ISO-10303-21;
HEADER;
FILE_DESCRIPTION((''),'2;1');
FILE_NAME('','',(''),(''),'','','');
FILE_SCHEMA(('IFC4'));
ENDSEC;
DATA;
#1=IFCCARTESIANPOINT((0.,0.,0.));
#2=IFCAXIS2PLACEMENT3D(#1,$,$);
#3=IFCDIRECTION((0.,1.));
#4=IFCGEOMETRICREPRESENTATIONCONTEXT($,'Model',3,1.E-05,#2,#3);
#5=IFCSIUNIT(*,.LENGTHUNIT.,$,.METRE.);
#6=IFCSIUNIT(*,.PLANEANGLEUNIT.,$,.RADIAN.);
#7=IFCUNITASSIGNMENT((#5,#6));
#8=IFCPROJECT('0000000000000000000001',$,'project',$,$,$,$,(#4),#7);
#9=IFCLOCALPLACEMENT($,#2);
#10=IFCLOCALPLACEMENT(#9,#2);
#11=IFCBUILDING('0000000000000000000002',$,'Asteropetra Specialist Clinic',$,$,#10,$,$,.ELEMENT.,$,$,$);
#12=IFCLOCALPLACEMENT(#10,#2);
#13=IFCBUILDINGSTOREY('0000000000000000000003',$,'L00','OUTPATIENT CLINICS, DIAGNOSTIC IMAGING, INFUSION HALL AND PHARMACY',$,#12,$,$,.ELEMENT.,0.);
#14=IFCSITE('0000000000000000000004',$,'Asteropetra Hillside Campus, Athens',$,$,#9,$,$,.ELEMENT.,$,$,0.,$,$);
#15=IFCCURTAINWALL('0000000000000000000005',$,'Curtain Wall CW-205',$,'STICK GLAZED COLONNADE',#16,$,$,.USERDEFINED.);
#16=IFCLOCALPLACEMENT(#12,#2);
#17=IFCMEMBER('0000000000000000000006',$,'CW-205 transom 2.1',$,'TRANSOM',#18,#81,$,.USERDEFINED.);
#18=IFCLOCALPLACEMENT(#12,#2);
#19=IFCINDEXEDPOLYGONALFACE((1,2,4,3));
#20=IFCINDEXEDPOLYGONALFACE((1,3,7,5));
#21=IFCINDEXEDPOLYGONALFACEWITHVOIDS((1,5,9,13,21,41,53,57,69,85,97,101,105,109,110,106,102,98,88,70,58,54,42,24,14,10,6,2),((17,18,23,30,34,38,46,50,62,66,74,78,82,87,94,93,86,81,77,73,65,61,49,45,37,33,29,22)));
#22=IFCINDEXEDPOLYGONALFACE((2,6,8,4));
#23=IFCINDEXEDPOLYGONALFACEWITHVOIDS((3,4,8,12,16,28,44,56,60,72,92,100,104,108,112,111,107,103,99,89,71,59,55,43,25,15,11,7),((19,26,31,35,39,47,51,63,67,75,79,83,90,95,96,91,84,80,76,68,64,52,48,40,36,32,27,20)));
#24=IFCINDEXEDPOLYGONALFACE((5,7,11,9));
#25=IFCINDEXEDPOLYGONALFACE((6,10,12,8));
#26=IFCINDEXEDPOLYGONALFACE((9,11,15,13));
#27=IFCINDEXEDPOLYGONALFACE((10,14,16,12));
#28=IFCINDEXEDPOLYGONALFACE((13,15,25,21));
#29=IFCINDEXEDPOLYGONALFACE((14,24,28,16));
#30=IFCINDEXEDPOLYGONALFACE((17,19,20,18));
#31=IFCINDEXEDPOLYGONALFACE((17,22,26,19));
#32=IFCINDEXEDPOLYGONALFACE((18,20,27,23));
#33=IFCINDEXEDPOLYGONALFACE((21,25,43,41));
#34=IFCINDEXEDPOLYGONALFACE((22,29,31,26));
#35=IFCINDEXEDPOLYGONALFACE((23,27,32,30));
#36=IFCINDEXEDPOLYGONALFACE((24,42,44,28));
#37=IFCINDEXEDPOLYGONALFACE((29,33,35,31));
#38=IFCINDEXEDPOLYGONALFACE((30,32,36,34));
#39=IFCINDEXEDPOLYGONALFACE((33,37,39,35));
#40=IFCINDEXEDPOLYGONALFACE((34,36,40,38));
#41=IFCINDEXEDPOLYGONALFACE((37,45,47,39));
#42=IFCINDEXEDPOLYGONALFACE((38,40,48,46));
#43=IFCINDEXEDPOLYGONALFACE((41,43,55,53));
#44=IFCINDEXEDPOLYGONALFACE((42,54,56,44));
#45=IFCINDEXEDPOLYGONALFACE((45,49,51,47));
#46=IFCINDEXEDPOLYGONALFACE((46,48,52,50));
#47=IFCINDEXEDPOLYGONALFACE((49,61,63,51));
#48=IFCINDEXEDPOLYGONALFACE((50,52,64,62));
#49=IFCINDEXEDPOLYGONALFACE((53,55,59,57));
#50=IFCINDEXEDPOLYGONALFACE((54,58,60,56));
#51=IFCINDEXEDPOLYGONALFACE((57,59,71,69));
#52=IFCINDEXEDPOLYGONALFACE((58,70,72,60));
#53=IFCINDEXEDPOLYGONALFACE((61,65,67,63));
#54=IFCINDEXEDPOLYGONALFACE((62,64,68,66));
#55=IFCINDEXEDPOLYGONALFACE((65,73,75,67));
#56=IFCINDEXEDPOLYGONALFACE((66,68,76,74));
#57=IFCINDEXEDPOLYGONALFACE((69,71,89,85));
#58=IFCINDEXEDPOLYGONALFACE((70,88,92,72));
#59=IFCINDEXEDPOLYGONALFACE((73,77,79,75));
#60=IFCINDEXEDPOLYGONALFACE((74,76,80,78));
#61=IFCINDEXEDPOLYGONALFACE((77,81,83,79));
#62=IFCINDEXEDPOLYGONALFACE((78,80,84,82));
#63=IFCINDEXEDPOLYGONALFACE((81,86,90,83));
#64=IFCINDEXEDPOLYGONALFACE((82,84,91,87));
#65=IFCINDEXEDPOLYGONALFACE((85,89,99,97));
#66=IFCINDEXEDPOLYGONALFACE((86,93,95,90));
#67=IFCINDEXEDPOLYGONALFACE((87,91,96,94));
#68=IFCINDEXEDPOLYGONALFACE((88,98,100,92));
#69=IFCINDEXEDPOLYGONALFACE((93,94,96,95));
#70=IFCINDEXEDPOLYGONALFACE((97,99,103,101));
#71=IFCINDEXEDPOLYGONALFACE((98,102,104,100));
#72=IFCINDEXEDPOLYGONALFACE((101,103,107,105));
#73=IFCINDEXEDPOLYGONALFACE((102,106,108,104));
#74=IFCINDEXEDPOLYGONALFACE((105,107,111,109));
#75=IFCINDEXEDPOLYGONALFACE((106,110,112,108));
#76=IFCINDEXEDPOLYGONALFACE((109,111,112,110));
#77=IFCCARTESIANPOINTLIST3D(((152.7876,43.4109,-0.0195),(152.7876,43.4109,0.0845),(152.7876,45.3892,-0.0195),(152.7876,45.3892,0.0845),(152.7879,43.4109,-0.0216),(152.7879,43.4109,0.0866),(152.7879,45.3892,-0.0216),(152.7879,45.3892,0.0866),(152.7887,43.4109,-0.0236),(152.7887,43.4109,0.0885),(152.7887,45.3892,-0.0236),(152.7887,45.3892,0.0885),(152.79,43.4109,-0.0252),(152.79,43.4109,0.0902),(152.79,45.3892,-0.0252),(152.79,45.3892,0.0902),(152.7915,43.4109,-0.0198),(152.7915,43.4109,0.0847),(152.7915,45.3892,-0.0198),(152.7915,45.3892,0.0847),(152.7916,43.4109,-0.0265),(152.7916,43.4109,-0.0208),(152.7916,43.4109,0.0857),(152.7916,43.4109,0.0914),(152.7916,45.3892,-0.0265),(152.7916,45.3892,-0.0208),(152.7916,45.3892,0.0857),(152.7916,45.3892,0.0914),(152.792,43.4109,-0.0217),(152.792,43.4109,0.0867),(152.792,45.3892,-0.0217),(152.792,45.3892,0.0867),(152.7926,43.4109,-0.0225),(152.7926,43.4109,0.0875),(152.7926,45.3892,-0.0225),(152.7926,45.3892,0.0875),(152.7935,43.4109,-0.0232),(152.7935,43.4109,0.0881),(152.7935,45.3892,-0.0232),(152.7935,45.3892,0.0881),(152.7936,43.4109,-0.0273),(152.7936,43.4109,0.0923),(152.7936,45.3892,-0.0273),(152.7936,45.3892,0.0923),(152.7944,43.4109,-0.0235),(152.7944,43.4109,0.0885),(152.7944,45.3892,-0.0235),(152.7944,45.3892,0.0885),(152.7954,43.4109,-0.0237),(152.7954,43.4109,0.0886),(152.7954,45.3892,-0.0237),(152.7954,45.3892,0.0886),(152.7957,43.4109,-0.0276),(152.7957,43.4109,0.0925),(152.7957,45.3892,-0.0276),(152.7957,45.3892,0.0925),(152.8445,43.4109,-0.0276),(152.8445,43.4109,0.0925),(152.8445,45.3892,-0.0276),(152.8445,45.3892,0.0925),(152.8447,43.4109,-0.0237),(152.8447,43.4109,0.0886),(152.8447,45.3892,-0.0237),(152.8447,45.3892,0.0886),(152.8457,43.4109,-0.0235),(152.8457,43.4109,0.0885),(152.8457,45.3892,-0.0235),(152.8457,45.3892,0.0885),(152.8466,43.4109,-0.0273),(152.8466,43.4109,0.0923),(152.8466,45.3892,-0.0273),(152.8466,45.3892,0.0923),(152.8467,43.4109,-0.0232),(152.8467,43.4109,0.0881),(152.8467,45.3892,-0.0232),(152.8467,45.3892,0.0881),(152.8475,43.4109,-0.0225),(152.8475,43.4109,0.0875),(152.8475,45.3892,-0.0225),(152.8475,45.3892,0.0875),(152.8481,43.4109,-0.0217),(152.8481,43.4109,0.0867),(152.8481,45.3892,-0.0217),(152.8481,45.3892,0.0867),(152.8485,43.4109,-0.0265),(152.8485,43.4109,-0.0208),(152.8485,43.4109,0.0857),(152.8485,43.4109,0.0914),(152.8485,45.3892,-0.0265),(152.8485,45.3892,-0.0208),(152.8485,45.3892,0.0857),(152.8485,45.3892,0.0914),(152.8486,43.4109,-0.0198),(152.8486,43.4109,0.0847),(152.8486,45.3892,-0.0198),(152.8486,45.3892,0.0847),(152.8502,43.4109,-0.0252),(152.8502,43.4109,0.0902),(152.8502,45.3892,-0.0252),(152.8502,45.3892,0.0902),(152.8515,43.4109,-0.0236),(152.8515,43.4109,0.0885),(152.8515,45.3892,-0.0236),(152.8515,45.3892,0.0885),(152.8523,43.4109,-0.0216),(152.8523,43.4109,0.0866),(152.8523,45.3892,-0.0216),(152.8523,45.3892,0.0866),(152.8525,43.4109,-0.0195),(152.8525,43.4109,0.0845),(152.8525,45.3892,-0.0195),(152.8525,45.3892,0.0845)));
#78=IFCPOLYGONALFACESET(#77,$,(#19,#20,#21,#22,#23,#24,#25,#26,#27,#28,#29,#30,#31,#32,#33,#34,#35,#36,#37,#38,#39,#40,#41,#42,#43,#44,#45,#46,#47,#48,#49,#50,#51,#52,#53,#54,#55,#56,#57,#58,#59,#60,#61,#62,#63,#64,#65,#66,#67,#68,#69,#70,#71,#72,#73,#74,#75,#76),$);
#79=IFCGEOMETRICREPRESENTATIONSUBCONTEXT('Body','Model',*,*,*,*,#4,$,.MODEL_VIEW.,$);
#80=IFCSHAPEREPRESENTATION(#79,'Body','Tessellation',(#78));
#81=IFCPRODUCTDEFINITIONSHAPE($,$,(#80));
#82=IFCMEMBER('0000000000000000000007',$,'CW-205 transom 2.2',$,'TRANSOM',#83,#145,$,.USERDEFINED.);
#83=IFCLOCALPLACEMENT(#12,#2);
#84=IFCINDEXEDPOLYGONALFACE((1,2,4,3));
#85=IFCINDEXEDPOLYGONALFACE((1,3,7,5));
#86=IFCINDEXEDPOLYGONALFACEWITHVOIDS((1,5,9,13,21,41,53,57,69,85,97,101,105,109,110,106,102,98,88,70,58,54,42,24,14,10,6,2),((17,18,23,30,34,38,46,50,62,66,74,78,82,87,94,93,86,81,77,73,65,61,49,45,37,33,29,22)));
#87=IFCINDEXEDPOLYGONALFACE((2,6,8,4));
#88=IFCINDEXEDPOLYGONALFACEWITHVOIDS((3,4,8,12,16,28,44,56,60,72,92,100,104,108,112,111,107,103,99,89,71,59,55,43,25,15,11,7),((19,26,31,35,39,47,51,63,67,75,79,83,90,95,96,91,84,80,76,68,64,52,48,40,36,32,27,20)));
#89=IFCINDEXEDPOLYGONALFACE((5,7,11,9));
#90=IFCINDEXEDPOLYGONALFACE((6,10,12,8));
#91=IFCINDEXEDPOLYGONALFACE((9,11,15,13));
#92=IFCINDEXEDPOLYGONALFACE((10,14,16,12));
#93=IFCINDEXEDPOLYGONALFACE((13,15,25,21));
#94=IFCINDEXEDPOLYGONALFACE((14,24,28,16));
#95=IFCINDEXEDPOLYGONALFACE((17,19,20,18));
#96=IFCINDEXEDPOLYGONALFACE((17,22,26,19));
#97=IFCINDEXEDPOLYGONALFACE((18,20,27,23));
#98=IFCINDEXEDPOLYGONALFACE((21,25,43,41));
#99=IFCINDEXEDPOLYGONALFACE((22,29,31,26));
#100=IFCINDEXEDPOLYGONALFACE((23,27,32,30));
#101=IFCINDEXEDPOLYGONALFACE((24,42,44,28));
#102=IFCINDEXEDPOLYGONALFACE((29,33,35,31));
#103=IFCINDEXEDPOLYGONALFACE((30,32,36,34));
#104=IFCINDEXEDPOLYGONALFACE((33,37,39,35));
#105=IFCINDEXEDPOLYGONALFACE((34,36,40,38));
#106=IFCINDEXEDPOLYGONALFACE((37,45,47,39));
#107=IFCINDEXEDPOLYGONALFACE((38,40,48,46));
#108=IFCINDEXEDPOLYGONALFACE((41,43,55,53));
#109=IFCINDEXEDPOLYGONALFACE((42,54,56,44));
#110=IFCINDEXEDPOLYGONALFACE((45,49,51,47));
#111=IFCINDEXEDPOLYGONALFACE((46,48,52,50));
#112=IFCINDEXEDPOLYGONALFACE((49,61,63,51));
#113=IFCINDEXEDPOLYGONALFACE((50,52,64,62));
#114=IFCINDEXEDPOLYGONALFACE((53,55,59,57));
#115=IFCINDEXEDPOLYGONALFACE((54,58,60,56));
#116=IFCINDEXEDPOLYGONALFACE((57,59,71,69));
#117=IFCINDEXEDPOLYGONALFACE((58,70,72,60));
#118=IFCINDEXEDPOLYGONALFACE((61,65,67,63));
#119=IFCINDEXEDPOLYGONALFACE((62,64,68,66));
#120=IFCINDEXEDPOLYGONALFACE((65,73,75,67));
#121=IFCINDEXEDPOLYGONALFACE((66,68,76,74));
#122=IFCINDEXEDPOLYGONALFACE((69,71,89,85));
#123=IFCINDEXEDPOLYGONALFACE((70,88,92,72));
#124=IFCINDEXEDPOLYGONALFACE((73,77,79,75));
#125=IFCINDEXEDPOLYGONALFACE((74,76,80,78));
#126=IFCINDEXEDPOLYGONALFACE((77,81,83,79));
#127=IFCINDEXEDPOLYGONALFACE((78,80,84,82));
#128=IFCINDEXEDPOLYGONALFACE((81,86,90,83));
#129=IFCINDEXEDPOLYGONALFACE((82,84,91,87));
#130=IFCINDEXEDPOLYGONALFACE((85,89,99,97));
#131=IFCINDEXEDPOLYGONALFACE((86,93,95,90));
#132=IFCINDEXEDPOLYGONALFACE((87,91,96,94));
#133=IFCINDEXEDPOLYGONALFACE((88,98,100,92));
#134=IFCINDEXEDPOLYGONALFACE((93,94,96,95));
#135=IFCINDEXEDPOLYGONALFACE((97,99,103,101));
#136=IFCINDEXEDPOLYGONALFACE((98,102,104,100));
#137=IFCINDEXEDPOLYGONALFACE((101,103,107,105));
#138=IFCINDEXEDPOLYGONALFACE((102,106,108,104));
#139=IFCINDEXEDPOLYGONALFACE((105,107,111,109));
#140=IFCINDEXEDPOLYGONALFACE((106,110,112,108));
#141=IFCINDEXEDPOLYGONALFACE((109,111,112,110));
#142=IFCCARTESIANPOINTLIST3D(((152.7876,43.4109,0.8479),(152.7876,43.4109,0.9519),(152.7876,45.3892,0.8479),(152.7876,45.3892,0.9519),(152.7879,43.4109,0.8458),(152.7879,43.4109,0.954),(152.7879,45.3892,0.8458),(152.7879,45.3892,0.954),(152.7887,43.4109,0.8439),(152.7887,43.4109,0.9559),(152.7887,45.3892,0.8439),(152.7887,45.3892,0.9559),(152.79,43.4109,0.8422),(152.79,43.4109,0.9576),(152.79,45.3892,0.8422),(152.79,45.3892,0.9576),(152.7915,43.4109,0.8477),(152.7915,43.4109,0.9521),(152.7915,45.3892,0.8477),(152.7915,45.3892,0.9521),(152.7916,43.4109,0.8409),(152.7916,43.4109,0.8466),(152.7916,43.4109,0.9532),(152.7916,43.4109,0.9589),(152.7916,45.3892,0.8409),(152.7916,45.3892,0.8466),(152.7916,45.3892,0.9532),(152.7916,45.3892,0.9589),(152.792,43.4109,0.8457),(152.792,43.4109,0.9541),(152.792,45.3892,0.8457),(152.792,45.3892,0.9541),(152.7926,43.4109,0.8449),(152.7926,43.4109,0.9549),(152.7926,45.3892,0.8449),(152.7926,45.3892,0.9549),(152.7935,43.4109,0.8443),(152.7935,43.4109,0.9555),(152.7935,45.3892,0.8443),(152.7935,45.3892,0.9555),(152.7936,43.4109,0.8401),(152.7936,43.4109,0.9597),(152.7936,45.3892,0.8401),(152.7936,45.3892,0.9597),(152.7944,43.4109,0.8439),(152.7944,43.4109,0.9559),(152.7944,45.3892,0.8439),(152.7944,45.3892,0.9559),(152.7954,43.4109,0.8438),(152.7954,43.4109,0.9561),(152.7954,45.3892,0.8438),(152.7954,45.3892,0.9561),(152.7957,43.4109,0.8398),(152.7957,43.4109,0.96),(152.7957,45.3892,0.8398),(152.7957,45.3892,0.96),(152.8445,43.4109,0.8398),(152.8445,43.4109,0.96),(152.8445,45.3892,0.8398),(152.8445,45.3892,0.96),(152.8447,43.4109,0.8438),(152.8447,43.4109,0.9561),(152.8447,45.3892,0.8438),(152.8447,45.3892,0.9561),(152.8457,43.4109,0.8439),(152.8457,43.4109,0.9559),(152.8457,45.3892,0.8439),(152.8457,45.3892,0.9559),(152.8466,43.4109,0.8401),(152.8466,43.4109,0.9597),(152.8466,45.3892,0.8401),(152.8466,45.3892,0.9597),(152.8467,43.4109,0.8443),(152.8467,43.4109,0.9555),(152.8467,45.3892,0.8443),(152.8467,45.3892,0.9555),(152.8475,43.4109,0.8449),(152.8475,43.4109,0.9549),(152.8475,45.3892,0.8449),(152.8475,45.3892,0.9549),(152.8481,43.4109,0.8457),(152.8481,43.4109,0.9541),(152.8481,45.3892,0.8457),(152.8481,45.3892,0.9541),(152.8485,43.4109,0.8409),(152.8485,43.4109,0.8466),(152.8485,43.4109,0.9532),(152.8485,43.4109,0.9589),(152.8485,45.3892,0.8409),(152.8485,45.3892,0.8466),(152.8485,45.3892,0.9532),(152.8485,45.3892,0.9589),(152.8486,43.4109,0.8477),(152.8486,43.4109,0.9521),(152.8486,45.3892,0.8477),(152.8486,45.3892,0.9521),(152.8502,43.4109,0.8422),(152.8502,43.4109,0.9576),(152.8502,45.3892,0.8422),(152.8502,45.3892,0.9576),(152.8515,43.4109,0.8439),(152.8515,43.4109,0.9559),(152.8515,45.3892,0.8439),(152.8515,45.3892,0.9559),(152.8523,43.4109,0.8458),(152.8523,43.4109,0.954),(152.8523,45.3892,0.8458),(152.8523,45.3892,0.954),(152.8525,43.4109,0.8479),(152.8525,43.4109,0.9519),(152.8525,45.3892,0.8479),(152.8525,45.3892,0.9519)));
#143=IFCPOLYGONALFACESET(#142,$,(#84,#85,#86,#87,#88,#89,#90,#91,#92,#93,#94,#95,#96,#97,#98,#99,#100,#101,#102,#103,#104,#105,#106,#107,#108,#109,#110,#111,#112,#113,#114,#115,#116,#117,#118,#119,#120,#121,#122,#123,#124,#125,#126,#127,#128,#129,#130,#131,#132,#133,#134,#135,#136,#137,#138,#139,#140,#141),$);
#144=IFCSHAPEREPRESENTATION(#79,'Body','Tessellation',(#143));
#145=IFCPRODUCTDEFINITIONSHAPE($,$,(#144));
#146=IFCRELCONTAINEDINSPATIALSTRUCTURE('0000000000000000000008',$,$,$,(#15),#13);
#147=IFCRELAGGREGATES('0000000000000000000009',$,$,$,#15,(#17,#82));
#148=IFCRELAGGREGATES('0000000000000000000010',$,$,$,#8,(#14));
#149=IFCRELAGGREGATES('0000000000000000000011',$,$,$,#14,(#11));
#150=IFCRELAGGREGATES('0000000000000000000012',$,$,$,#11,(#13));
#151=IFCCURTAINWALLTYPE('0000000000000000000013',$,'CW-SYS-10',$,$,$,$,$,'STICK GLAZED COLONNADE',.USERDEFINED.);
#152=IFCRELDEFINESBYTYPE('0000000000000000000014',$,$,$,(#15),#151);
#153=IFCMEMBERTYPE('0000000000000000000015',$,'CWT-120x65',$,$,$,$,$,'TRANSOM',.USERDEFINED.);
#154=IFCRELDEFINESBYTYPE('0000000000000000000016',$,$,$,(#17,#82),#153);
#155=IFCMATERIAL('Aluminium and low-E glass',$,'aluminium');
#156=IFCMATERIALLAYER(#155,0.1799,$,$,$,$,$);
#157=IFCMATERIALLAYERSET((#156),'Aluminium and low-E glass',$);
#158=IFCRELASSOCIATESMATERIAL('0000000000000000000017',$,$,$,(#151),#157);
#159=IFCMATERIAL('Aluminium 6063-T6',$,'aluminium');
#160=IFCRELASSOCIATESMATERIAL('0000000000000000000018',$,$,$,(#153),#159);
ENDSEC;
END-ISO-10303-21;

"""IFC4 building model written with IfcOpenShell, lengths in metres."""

from ifc_helpers import new_model, si_unit, direction, frame, origin, origin_2d, place, context, subcontext, project, spatial, hollow_rectangle, extrude, material, layer, layer_set, material_profile, profile_set, type_object, element, aggregate, save


model = new_model("IFC4")

# Units and contexts
model_context = context("Model", 3, precision=1e-05, world=origin(), true_north=direction((0.0, 1.0)))
body_context = subcontext(model_context, "Body", "Model", "MODEL_VIEW")
ifc_project = project(units=[si_unit("LENGTHUNIT", "METRE"), si_unit("PLANEANGLEUNIT", "RADIAN")], contexts=[model_context])

# Site, building, storey
site_placement = place(None, origin())
site = spatial("IfcSite", under=ifc_project, at=site_placement, Name="Asteropetra Hillside Campus, Athens", CompositionType="ELEMENT", RefElevation=0.0)
building_placement = place(site_placement, origin())
building = spatial("IfcBuilding", under=site, at=building_placement, Name="Asteropetra Specialist Clinic", CompositionType="ELEMENT")
storey_placement = place(building_placement, origin())
storey = spatial("IfcBuildingStorey", under=building, at=storey_placement, Name="L00", Description="OUTPATIENT CLINICS, DIAGNOSTIC IMAGING, INFUSION HALL AND PHARMACY", CompositionType="ELEMENT", Elevation=0.0)

# Curtain wall, members
ifc_material_1 = material(Name="Aluminium and low-E glass", Category="aluminium")
ifc_layer_1 = layer(ifc_material_1, 0.1799)
ifc_layer_set_1 = layer_set([ifc_layer_1], Name="Aluminium and low-E glass")
curtain_wall_type = type_object("IfcCurtainWallType", Name="CW-SYS-10", ElementType="STICK GLAZED COLONNADE", PredefinedType="USERDEFINED", material=ifc_layer_set_1)
curtain_wall_placement = place(storey_placement, origin())
curtain_wall = element("IfcCurtainWall", 1, at=curtain_wall_placement, inside=storey, type_object=curtain_wall_type, Name="Curtain Wall CW-205", ObjectType="STICK GLAZED COLONNADE", PredefinedType="USERDEFINED")
ifc_material_2 = material(Name="Aluminium 6063-T6", Category="aluminium")
ifc_material_profile_1 = material_profile(ifc_material_2, hollow_rectangle(XDim=0.0649, YDim=0.1201, WallThickness=0.0039, InnerFilletRadius=0.0039, OuterFilletRadius=0.0081, at=origin_2d()), Name="TRN 120x65x4.0")
ifc_profile_set_1 = profile_set([ifc_material_profile_1], Name="Aluminium 6063-T6")
member_type_1 = type_object("IfcMemberType", Name="CWT-120x65", ElementType="TRANSOM", PredefinedType="USERDEFINED", material=ifc_profile_set_1)
member_1_placement = place(storey_placement, frame((152.8201, 43.4109, 0.0325), z_axis=(0.0, 1.0, 0.0), x_axis=(-1.0, 0.0, 0.0)))
member_1 = element("IfcMember", 2, at=member_1_placement, type_object=member_type_1, Name="CW-205 transom 2.1", ObjectType="TRANSOM", PredefinedType="USERDEFINED", context=body_context, shape_type="SweptSolid", body=[
    extrude(hollow_rectangle(XDim=0.0649, YDim=0.1201, WallThickness=0.0039, InnerFilletRadius=0.0039, OuterFilletRadius=0.0081, at=origin_2d()), origin(), (0.0, 0.0, 1.0), 1.9783),
])
member_2_placement = place(storey_placement, frame((152.8201, 43.4109, 0.8999), z_axis=(0.0, 1.0, 0.0), x_axis=(-1.0, 0.0, 0.0)))
member_2 = element("IfcMember", 3, at=member_2_placement, type_object=member_type_1, Name="CW-205 transom 2.2", ObjectType="TRANSOM", PredefinedType="USERDEFINED", context=body_context, shape_type="SweptSolid", body=[
    extrude(hollow_rectangle(XDim=0.0649, YDim=0.1201, WallThickness=0.0039, InnerFilletRadius=0.0039, OuterFilletRadius=0.0081, at=origin_2d()), origin(), (0.0, 0.0, 1.0), 1.9783),
])
aggregate(curtain_wall, [member_1, member_2])

save(model, "model.ifc")
